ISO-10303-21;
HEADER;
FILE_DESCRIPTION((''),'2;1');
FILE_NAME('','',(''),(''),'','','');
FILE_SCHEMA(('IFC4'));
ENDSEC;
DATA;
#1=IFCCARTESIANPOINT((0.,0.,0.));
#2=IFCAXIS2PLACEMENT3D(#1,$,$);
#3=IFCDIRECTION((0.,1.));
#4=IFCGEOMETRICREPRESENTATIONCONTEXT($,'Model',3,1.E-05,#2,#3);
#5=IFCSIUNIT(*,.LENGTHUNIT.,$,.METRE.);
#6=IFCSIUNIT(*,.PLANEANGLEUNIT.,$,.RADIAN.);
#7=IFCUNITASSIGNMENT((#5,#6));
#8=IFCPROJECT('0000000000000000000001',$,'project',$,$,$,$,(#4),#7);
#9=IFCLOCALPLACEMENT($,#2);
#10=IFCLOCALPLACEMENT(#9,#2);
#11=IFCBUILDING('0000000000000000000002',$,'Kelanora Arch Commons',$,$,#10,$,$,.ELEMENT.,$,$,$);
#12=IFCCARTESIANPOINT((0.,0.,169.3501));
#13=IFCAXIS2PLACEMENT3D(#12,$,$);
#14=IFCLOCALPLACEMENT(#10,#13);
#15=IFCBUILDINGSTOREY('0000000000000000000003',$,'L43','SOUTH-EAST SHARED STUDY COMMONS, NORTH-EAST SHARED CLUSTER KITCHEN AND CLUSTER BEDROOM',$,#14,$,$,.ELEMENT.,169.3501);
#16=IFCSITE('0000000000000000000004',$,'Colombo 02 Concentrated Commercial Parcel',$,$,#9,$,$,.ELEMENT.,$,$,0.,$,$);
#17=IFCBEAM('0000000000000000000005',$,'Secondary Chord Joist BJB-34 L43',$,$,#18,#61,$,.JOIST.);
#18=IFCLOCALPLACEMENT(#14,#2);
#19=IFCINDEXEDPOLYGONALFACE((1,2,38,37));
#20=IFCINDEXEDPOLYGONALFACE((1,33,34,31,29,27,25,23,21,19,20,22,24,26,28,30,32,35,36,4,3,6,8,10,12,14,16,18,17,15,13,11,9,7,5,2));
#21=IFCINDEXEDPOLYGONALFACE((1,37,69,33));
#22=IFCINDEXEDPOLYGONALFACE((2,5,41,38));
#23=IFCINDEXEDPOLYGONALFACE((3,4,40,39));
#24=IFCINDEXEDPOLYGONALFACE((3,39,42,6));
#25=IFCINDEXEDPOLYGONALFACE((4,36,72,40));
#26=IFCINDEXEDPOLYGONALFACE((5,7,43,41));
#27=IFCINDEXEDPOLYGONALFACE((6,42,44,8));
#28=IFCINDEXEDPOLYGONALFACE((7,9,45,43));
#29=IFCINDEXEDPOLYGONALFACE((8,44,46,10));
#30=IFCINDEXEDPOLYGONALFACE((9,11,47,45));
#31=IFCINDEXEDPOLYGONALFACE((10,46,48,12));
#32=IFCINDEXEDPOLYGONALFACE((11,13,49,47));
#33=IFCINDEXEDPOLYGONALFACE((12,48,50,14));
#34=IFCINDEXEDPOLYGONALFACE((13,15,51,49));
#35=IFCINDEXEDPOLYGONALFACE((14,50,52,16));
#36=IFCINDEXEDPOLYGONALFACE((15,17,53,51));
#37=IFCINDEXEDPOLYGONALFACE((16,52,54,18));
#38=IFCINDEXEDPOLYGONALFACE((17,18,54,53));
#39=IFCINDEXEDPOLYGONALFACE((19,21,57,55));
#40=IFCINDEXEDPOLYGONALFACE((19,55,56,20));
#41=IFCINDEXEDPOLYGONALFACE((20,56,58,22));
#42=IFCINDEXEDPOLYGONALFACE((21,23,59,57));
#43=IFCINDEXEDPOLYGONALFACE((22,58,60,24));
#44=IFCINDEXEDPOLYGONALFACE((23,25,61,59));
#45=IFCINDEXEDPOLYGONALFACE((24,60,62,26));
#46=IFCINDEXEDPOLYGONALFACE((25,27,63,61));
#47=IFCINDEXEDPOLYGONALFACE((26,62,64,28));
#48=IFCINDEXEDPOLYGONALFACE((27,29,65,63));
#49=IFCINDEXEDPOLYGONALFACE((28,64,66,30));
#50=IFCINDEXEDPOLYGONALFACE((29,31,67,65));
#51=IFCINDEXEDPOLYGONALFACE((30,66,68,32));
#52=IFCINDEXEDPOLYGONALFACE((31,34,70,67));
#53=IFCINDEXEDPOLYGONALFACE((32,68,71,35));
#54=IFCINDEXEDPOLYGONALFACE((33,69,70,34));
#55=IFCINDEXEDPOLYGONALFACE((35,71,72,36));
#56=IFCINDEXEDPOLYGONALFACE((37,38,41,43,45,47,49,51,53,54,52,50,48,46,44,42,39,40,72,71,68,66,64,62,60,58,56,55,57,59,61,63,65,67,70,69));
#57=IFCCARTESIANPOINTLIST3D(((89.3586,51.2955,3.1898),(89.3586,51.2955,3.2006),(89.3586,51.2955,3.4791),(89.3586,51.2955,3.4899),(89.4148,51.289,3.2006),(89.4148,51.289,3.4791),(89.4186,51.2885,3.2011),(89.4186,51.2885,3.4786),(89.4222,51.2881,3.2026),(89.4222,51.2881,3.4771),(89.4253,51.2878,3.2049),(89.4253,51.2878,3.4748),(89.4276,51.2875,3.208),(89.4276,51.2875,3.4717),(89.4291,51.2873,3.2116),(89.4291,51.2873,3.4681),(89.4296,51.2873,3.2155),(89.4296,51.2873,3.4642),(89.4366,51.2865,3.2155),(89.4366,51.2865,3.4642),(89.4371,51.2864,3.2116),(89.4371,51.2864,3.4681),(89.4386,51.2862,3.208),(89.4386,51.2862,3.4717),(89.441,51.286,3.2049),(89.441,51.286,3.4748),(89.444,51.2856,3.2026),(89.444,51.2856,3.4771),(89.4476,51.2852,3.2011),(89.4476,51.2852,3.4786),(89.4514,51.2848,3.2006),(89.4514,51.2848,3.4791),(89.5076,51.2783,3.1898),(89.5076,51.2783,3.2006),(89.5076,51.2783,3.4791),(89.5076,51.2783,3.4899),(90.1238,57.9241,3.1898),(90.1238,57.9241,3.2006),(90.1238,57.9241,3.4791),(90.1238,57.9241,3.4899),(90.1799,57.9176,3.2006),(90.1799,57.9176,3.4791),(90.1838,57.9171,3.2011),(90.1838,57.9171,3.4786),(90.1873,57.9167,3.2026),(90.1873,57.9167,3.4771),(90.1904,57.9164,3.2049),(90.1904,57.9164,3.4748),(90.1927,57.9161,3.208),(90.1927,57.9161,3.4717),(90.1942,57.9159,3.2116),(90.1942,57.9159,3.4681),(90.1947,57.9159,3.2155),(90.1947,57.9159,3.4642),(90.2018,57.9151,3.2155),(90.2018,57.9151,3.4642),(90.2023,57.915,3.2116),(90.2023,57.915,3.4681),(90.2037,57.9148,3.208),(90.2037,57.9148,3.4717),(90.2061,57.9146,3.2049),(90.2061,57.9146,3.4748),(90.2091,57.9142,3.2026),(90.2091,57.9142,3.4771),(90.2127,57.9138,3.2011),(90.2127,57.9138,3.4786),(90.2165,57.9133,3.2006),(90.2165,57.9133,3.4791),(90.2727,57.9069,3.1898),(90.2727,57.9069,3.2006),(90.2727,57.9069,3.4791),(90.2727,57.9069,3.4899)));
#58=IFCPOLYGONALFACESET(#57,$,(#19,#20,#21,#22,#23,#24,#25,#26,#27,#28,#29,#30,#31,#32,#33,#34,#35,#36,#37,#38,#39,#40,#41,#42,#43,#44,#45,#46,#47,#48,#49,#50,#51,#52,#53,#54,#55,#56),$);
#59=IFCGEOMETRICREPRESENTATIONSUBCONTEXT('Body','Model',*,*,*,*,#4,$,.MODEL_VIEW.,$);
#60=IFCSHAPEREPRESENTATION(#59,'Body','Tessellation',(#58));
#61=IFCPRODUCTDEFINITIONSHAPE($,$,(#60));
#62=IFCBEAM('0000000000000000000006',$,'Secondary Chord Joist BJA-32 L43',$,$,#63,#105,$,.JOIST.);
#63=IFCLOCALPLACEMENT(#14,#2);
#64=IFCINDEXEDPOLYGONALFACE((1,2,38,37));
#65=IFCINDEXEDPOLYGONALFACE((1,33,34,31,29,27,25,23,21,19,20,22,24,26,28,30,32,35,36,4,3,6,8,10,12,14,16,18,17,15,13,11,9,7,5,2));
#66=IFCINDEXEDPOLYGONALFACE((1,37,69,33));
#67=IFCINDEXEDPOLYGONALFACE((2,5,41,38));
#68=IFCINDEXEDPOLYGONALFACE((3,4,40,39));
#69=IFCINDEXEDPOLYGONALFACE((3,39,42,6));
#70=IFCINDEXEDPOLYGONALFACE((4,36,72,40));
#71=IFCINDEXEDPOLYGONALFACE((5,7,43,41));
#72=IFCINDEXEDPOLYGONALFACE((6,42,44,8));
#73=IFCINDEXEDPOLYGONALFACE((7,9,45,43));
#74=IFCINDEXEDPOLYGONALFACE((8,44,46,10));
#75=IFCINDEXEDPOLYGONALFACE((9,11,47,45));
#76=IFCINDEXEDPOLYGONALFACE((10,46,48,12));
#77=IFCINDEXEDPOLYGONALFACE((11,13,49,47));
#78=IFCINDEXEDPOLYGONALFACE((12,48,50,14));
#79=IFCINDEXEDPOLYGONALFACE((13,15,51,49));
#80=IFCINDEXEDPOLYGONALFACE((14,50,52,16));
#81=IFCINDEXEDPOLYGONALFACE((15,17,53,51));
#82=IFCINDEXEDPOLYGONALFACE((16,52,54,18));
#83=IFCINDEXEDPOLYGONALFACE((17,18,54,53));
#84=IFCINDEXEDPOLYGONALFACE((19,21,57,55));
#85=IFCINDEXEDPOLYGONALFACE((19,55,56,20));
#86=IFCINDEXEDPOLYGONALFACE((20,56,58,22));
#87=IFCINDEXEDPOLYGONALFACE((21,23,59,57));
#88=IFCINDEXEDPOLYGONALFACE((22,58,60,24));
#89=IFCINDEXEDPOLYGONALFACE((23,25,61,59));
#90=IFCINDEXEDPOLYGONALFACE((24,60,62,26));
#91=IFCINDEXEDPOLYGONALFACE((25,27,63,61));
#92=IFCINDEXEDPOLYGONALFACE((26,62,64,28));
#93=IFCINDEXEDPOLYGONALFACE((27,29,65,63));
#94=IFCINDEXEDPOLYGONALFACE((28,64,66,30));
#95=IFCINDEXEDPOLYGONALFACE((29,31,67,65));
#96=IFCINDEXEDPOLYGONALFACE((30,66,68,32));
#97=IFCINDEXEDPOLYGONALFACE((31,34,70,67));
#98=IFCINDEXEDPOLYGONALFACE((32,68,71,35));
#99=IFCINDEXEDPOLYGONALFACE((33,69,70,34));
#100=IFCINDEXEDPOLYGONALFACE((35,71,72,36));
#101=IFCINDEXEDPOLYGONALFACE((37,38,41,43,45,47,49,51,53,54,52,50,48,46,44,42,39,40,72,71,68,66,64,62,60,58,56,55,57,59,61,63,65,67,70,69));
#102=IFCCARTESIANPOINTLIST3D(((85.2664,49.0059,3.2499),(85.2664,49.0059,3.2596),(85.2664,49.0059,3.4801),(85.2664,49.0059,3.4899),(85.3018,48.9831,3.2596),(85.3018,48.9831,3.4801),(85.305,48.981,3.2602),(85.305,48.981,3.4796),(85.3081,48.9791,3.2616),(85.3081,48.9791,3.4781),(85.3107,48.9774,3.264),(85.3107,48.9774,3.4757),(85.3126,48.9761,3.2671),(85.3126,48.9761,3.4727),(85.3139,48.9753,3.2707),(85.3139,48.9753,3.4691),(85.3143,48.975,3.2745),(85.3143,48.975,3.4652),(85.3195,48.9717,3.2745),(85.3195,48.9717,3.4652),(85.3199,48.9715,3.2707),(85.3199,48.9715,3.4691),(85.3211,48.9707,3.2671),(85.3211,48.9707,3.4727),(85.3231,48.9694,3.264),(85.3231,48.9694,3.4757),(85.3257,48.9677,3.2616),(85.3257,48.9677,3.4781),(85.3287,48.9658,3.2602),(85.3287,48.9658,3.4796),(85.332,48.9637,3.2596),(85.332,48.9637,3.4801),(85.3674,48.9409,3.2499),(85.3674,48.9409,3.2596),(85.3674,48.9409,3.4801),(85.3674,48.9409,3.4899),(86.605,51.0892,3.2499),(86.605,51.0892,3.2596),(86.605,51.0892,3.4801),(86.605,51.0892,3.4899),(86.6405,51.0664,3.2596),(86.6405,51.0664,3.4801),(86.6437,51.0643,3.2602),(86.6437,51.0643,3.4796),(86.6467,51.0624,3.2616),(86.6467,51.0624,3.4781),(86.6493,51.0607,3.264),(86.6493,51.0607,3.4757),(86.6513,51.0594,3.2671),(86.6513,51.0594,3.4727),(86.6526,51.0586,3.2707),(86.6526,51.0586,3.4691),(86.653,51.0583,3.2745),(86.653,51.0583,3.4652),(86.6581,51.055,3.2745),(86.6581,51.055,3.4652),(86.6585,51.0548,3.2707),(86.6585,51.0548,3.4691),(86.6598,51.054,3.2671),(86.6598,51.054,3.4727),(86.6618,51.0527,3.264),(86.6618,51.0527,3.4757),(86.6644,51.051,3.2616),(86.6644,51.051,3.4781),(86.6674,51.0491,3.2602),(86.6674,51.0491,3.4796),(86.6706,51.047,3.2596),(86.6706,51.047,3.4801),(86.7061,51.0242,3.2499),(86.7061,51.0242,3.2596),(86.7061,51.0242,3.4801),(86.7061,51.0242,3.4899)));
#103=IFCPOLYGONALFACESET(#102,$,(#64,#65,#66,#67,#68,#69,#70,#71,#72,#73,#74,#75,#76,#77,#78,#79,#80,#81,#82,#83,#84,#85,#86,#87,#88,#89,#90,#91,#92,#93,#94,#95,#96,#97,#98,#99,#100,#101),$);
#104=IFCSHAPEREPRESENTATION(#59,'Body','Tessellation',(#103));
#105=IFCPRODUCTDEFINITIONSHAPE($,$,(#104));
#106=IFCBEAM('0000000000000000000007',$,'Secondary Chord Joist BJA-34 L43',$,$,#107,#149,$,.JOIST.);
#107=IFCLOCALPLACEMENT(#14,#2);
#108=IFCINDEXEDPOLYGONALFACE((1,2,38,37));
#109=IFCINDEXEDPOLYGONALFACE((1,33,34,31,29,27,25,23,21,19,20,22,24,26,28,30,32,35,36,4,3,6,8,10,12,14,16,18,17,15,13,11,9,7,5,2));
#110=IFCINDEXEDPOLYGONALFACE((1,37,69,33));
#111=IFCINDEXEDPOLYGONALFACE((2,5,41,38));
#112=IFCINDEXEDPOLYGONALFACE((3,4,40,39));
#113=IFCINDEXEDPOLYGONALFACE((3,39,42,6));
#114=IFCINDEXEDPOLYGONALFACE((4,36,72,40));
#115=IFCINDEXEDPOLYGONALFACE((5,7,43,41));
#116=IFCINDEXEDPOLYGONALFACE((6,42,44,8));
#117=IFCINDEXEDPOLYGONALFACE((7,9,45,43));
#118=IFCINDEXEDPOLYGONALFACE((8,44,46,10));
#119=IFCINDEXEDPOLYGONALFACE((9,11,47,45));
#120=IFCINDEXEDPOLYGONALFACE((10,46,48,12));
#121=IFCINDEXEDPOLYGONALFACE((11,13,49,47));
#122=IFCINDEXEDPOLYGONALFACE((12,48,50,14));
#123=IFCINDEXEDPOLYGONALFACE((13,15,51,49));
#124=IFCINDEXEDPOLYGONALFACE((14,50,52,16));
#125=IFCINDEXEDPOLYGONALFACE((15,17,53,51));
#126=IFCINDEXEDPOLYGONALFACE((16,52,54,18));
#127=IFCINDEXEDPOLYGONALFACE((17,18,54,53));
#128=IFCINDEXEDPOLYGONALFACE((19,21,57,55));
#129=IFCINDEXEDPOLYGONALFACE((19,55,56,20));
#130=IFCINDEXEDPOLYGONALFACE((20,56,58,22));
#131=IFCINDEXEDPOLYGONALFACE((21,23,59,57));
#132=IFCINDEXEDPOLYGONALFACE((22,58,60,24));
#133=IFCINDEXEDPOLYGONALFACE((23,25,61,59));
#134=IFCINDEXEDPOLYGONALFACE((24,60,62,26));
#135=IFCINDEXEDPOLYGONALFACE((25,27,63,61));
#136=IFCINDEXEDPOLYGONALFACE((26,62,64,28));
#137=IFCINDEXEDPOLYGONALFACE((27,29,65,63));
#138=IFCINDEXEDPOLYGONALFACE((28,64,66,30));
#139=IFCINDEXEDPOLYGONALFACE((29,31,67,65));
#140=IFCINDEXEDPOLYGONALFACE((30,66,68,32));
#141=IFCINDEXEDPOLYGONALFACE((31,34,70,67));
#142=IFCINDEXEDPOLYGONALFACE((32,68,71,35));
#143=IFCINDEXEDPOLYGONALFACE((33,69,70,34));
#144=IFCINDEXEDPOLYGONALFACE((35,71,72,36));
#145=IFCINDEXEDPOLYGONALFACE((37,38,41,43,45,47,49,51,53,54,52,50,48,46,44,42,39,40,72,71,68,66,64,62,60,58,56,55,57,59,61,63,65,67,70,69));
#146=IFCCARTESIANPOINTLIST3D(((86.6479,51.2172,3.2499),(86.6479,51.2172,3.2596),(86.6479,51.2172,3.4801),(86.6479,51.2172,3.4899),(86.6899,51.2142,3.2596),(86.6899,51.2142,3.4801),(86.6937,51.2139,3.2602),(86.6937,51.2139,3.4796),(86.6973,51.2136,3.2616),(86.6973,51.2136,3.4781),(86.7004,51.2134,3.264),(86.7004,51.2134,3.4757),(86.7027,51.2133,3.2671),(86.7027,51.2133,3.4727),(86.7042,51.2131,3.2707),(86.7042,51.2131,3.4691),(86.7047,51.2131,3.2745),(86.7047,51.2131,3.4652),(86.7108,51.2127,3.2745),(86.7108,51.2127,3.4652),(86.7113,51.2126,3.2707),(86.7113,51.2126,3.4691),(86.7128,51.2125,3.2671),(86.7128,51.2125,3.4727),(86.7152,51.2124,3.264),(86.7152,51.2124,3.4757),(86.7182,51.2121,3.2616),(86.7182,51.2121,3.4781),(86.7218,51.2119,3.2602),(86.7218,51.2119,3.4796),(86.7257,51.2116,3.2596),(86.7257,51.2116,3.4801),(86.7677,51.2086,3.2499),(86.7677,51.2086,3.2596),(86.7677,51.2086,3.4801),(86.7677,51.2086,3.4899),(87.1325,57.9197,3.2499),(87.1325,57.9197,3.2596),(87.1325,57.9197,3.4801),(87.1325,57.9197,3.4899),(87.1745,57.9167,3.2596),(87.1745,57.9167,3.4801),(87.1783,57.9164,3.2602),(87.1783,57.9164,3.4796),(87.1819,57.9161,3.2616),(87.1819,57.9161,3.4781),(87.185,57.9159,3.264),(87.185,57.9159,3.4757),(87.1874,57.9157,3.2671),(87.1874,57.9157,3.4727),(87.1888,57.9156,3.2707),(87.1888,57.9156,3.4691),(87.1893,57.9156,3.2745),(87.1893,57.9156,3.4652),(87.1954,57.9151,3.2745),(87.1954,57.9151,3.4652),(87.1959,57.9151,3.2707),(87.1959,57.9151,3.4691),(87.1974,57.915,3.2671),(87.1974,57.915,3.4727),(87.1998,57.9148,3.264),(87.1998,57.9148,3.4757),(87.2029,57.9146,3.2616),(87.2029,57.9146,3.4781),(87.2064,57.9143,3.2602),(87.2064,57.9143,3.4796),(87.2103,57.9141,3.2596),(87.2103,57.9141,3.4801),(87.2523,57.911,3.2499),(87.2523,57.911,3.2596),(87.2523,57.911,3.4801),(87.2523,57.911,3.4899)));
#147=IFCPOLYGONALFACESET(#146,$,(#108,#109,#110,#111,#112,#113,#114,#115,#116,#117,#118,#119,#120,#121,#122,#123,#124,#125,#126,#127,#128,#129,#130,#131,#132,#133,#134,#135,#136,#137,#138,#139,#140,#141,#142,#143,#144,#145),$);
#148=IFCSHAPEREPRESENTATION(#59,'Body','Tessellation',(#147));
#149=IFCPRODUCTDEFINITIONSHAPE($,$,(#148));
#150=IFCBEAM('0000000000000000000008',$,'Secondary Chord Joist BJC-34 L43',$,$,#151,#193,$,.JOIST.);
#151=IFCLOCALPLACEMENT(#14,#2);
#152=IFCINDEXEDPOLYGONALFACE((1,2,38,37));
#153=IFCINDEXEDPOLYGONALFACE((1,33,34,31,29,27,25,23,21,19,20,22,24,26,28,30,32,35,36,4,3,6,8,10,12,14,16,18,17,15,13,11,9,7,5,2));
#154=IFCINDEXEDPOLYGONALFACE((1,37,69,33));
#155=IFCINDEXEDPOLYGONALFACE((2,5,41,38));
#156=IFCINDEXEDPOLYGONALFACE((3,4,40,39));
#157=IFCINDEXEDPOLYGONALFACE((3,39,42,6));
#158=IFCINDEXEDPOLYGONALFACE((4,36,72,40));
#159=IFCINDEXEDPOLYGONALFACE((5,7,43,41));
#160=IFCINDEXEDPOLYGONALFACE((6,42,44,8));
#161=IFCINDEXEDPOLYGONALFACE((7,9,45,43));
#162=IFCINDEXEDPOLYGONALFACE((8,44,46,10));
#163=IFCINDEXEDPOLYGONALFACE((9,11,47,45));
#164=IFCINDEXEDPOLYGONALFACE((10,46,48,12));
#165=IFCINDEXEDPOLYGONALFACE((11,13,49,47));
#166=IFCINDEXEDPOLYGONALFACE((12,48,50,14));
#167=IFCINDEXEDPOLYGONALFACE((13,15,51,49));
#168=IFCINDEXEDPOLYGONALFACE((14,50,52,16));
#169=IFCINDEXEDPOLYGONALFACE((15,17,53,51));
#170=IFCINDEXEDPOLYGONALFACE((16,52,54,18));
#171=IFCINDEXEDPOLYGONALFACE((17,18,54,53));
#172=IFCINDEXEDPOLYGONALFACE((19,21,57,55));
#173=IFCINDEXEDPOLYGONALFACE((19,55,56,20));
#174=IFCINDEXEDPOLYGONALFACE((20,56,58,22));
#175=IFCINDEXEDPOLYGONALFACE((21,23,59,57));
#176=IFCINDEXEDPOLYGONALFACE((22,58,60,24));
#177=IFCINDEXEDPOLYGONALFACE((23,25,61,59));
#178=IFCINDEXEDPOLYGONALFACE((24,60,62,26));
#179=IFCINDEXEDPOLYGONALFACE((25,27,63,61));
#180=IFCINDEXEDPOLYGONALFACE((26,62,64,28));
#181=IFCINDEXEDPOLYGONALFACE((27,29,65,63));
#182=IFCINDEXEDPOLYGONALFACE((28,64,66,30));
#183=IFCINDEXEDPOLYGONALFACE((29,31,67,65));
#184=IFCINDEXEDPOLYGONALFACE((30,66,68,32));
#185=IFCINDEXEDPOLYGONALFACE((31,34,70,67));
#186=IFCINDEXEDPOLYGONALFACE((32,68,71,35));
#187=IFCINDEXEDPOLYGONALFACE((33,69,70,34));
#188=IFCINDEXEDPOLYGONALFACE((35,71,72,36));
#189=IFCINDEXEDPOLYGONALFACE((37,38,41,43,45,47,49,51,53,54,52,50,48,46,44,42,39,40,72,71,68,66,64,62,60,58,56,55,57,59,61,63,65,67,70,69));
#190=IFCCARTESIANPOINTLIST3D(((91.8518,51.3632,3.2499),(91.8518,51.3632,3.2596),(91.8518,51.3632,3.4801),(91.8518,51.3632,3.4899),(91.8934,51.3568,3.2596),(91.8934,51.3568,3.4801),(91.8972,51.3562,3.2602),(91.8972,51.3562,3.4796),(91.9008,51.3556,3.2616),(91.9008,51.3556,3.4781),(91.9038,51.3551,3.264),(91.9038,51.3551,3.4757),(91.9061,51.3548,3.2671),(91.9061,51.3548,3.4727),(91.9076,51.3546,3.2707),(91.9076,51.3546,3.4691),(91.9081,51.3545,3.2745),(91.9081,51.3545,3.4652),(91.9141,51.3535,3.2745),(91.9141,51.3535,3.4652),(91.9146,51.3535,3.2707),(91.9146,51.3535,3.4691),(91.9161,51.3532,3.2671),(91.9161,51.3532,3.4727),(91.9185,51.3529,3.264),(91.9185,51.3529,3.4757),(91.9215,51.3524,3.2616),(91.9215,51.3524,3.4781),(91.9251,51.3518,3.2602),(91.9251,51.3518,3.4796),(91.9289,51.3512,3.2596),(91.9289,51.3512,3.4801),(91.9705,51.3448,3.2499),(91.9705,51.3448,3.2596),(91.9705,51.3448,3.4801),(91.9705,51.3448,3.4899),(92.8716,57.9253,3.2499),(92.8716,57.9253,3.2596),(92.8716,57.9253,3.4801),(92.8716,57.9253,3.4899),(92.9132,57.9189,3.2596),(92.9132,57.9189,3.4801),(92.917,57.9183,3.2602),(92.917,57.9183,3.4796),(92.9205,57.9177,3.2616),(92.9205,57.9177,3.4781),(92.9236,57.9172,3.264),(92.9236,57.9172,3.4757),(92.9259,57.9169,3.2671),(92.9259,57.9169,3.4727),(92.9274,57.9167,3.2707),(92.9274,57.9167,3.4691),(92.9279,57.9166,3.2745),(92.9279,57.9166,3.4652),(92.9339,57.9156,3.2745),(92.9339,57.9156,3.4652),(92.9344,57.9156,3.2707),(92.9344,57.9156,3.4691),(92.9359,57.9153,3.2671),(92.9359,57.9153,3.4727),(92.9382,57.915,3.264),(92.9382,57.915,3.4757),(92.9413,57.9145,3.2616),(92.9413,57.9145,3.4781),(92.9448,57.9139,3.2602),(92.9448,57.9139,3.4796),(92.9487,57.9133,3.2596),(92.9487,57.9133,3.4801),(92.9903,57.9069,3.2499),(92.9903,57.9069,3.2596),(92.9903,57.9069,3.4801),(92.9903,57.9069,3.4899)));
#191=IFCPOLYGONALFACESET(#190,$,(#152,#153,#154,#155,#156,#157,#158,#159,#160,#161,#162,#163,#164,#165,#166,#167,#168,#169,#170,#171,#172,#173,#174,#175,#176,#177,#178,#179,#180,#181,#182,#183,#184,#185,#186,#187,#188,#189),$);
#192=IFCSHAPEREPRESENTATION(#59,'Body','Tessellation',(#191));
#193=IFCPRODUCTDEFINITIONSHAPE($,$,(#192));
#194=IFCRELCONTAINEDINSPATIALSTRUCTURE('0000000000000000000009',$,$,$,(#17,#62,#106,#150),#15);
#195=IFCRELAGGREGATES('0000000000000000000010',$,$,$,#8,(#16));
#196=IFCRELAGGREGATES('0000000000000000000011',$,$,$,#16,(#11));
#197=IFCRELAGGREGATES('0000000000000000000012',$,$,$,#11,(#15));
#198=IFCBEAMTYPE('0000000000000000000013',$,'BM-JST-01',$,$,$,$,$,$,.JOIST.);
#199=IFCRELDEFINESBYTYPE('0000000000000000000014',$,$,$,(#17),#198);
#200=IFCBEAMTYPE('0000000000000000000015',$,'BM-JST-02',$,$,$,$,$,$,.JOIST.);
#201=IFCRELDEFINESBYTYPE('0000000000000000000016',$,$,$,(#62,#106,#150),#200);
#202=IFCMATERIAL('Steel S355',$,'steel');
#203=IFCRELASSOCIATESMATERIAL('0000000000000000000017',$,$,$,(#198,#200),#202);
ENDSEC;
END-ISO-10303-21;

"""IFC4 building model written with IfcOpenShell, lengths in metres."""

from ifc_helpers import new_model, si_unit, direction, frame, origin, origin_2d, place, context, subcontext, project, spatial, i_section, extrude, material, material_profile, profile_set, type_object, element, save


model = new_model("IFC4")

# Units and contexts
model_context = context("Model", 3, precision=1e-05, world=origin(), true_north=direction((0.0, 1.0)))
body_context = subcontext(model_context, "Body", "Model", "MODEL_VIEW")
ifc_project = project(units=[si_unit("LENGTHUNIT", "METRE"), si_unit("PLANEANGLEUNIT", "RADIAN")], contexts=[model_context])

# Site, building, storey
site_placement = place(None, origin())
site = spatial("IfcSite", under=ifc_project, at=site_placement, Name="Colombo 02 Concentrated Commercial Parcel", CompositionType="ELEMENT", RefElevation=0.0)
building_placement = place(site_placement, origin())
building = spatial("IfcBuilding", under=site, at=building_placement, Name="Kelanora Arch Commons", CompositionType="ELEMENT")
storey_placement = place(building_placement, frame((0.0, 0.0, 169.3501)))
storey = spatial("IfcBuildingStorey", under=building, at=storey_placement, Name="L43", Description="SOUTH-EAST SHARED STUDY COMMONS, NORTH-EAST SHARED CLUSTER KITCHEN AND CLUSTER BEDROOM", CompositionType="ELEMENT", Elevation=169.3501)

# Beams
ifc_material_1 = material(Name="Steel S355", Category="steel")
ifc_material_profile_1 = material_profile(ifc_material_1, i_section(OverallWidth=0.1499, OverallDepth=0.3, WebThickness=0.0071, FlangeThickness=0.0107, FilletRadius=0.0149, at=origin_2d()), Name="IPE300")
ifc_profile_set_1 = profile_set([ifc_material_profile_1], Name="Steel S355")
beam_type_1 = type_object("IfcBeamType", Name="BM-JST-01", PredefinedType="JOIST", material=ifc_profile_set_1)
beam_1_placement = place(storey_placement, frame((89.4331, 51.2869, 3.3398), z_axis=(0.114667, 0.993404, 0.0), x_axis=(-0.993404, 0.114667, 0.0)))
element("IfcBeam", 1, at=beam_1_placement, inside=storey, type_object=beam_type_1, Name="Secondary Chord Joist BJB-34 L43", PredefinedType="JOIST", context=body_context, shape_type="SweptSolid", body=[
    extrude(i_section(OverallWidth=0.1499, OverallDepth=0.3, WebThickness=0.0071, FlangeThickness=0.0107, FilletRadius=0.0149, at=origin_2d()), origin(), (0.0, 0.0, 1.0), 6.6726),
])
ifc_material_profile_2 = material_profile(ifc_material_1, i_section(OverallWidth=0.1201, OverallDepth=0.24, WebThickness=0.0061, FlangeThickness=0.0098, FilletRadius=0.0149, at=origin_2d()), Name="IPE240")
ifc_profile_set_2 = profile_set([ifc_material_profile_2], Name="Steel S355")
beam_type_2 = type_object("IfcBeamType", Name="BM-JST-02", PredefinedType="JOIST", material=ifc_profile_set_2)
beam_2_placement = place(storey_placement, frame((85.3169, 48.9734, 3.3699), z_axis=(0.540583, 0.841291, 0.0), x_axis=(-0.841291, 0.540583, 0.0)))
element("IfcBeam", 2, at=beam_2_placement, inside=storey, type_object=beam_type_2, Name="Secondary Chord Joist BJA-32 L43", PredefinedType="JOIST", context=body_context, shape_type="SweptSolid", body=[
    extrude(i_section(OverallWidth=0.1201, OverallDepth=0.24, WebThickness=0.0061, FlangeThickness=0.0098, FilletRadius=0.0149, at=origin_2d()), origin(), (0.0, 0.0, 1.0), 2.4763),
])
beam_3_placement = place(storey_placement, frame((86.7078, 51.2129, 3.3699), z_axis=(0.072117, 0.997396, 0.0), x_axis=(-0.997396, 0.072117, 0.0)))
element("IfcBeam", 3, at=beam_3_placement, inside=storey, type_object=beam_type_2, Name="Secondary Chord Joist BJA-34 L43", PredefinedType="JOIST", context=body_context, shape_type="SweptSolid", body=[
    extrude(i_section(OverallWidth=0.1201, OverallDepth=0.24, WebThickness=0.0061, FlangeThickness=0.0098, FilletRadius=0.0149, at=origin_2d()), origin(), (0.0, 0.0, 1.0), 6.72),
])
beam_4_placement = place(storey_placement, frame((91.9111, 51.354, 3.3699), z_axis=(0.153563, 0.988139, 0.0), x_axis=(-0.988139, 0.153563, 0.0)))
element("IfcBeam", 4, at=beam_4_placement, inside=storey, type_object=beam_type_2, Name="Secondary Chord Joist BJC-34 L43", PredefinedType="JOIST", context=body_context, shape_type="SweptSolid", body=[
    extrude(i_section(OverallWidth=0.1201, OverallDepth=0.24, WebThickness=0.0061, FlangeThickness=0.0098, FilletRadius=0.0149, at=origin_2d()), origin(), (0.0, 0.0, 1.0), 6.6409),
])

save(model, "model.ifc")
